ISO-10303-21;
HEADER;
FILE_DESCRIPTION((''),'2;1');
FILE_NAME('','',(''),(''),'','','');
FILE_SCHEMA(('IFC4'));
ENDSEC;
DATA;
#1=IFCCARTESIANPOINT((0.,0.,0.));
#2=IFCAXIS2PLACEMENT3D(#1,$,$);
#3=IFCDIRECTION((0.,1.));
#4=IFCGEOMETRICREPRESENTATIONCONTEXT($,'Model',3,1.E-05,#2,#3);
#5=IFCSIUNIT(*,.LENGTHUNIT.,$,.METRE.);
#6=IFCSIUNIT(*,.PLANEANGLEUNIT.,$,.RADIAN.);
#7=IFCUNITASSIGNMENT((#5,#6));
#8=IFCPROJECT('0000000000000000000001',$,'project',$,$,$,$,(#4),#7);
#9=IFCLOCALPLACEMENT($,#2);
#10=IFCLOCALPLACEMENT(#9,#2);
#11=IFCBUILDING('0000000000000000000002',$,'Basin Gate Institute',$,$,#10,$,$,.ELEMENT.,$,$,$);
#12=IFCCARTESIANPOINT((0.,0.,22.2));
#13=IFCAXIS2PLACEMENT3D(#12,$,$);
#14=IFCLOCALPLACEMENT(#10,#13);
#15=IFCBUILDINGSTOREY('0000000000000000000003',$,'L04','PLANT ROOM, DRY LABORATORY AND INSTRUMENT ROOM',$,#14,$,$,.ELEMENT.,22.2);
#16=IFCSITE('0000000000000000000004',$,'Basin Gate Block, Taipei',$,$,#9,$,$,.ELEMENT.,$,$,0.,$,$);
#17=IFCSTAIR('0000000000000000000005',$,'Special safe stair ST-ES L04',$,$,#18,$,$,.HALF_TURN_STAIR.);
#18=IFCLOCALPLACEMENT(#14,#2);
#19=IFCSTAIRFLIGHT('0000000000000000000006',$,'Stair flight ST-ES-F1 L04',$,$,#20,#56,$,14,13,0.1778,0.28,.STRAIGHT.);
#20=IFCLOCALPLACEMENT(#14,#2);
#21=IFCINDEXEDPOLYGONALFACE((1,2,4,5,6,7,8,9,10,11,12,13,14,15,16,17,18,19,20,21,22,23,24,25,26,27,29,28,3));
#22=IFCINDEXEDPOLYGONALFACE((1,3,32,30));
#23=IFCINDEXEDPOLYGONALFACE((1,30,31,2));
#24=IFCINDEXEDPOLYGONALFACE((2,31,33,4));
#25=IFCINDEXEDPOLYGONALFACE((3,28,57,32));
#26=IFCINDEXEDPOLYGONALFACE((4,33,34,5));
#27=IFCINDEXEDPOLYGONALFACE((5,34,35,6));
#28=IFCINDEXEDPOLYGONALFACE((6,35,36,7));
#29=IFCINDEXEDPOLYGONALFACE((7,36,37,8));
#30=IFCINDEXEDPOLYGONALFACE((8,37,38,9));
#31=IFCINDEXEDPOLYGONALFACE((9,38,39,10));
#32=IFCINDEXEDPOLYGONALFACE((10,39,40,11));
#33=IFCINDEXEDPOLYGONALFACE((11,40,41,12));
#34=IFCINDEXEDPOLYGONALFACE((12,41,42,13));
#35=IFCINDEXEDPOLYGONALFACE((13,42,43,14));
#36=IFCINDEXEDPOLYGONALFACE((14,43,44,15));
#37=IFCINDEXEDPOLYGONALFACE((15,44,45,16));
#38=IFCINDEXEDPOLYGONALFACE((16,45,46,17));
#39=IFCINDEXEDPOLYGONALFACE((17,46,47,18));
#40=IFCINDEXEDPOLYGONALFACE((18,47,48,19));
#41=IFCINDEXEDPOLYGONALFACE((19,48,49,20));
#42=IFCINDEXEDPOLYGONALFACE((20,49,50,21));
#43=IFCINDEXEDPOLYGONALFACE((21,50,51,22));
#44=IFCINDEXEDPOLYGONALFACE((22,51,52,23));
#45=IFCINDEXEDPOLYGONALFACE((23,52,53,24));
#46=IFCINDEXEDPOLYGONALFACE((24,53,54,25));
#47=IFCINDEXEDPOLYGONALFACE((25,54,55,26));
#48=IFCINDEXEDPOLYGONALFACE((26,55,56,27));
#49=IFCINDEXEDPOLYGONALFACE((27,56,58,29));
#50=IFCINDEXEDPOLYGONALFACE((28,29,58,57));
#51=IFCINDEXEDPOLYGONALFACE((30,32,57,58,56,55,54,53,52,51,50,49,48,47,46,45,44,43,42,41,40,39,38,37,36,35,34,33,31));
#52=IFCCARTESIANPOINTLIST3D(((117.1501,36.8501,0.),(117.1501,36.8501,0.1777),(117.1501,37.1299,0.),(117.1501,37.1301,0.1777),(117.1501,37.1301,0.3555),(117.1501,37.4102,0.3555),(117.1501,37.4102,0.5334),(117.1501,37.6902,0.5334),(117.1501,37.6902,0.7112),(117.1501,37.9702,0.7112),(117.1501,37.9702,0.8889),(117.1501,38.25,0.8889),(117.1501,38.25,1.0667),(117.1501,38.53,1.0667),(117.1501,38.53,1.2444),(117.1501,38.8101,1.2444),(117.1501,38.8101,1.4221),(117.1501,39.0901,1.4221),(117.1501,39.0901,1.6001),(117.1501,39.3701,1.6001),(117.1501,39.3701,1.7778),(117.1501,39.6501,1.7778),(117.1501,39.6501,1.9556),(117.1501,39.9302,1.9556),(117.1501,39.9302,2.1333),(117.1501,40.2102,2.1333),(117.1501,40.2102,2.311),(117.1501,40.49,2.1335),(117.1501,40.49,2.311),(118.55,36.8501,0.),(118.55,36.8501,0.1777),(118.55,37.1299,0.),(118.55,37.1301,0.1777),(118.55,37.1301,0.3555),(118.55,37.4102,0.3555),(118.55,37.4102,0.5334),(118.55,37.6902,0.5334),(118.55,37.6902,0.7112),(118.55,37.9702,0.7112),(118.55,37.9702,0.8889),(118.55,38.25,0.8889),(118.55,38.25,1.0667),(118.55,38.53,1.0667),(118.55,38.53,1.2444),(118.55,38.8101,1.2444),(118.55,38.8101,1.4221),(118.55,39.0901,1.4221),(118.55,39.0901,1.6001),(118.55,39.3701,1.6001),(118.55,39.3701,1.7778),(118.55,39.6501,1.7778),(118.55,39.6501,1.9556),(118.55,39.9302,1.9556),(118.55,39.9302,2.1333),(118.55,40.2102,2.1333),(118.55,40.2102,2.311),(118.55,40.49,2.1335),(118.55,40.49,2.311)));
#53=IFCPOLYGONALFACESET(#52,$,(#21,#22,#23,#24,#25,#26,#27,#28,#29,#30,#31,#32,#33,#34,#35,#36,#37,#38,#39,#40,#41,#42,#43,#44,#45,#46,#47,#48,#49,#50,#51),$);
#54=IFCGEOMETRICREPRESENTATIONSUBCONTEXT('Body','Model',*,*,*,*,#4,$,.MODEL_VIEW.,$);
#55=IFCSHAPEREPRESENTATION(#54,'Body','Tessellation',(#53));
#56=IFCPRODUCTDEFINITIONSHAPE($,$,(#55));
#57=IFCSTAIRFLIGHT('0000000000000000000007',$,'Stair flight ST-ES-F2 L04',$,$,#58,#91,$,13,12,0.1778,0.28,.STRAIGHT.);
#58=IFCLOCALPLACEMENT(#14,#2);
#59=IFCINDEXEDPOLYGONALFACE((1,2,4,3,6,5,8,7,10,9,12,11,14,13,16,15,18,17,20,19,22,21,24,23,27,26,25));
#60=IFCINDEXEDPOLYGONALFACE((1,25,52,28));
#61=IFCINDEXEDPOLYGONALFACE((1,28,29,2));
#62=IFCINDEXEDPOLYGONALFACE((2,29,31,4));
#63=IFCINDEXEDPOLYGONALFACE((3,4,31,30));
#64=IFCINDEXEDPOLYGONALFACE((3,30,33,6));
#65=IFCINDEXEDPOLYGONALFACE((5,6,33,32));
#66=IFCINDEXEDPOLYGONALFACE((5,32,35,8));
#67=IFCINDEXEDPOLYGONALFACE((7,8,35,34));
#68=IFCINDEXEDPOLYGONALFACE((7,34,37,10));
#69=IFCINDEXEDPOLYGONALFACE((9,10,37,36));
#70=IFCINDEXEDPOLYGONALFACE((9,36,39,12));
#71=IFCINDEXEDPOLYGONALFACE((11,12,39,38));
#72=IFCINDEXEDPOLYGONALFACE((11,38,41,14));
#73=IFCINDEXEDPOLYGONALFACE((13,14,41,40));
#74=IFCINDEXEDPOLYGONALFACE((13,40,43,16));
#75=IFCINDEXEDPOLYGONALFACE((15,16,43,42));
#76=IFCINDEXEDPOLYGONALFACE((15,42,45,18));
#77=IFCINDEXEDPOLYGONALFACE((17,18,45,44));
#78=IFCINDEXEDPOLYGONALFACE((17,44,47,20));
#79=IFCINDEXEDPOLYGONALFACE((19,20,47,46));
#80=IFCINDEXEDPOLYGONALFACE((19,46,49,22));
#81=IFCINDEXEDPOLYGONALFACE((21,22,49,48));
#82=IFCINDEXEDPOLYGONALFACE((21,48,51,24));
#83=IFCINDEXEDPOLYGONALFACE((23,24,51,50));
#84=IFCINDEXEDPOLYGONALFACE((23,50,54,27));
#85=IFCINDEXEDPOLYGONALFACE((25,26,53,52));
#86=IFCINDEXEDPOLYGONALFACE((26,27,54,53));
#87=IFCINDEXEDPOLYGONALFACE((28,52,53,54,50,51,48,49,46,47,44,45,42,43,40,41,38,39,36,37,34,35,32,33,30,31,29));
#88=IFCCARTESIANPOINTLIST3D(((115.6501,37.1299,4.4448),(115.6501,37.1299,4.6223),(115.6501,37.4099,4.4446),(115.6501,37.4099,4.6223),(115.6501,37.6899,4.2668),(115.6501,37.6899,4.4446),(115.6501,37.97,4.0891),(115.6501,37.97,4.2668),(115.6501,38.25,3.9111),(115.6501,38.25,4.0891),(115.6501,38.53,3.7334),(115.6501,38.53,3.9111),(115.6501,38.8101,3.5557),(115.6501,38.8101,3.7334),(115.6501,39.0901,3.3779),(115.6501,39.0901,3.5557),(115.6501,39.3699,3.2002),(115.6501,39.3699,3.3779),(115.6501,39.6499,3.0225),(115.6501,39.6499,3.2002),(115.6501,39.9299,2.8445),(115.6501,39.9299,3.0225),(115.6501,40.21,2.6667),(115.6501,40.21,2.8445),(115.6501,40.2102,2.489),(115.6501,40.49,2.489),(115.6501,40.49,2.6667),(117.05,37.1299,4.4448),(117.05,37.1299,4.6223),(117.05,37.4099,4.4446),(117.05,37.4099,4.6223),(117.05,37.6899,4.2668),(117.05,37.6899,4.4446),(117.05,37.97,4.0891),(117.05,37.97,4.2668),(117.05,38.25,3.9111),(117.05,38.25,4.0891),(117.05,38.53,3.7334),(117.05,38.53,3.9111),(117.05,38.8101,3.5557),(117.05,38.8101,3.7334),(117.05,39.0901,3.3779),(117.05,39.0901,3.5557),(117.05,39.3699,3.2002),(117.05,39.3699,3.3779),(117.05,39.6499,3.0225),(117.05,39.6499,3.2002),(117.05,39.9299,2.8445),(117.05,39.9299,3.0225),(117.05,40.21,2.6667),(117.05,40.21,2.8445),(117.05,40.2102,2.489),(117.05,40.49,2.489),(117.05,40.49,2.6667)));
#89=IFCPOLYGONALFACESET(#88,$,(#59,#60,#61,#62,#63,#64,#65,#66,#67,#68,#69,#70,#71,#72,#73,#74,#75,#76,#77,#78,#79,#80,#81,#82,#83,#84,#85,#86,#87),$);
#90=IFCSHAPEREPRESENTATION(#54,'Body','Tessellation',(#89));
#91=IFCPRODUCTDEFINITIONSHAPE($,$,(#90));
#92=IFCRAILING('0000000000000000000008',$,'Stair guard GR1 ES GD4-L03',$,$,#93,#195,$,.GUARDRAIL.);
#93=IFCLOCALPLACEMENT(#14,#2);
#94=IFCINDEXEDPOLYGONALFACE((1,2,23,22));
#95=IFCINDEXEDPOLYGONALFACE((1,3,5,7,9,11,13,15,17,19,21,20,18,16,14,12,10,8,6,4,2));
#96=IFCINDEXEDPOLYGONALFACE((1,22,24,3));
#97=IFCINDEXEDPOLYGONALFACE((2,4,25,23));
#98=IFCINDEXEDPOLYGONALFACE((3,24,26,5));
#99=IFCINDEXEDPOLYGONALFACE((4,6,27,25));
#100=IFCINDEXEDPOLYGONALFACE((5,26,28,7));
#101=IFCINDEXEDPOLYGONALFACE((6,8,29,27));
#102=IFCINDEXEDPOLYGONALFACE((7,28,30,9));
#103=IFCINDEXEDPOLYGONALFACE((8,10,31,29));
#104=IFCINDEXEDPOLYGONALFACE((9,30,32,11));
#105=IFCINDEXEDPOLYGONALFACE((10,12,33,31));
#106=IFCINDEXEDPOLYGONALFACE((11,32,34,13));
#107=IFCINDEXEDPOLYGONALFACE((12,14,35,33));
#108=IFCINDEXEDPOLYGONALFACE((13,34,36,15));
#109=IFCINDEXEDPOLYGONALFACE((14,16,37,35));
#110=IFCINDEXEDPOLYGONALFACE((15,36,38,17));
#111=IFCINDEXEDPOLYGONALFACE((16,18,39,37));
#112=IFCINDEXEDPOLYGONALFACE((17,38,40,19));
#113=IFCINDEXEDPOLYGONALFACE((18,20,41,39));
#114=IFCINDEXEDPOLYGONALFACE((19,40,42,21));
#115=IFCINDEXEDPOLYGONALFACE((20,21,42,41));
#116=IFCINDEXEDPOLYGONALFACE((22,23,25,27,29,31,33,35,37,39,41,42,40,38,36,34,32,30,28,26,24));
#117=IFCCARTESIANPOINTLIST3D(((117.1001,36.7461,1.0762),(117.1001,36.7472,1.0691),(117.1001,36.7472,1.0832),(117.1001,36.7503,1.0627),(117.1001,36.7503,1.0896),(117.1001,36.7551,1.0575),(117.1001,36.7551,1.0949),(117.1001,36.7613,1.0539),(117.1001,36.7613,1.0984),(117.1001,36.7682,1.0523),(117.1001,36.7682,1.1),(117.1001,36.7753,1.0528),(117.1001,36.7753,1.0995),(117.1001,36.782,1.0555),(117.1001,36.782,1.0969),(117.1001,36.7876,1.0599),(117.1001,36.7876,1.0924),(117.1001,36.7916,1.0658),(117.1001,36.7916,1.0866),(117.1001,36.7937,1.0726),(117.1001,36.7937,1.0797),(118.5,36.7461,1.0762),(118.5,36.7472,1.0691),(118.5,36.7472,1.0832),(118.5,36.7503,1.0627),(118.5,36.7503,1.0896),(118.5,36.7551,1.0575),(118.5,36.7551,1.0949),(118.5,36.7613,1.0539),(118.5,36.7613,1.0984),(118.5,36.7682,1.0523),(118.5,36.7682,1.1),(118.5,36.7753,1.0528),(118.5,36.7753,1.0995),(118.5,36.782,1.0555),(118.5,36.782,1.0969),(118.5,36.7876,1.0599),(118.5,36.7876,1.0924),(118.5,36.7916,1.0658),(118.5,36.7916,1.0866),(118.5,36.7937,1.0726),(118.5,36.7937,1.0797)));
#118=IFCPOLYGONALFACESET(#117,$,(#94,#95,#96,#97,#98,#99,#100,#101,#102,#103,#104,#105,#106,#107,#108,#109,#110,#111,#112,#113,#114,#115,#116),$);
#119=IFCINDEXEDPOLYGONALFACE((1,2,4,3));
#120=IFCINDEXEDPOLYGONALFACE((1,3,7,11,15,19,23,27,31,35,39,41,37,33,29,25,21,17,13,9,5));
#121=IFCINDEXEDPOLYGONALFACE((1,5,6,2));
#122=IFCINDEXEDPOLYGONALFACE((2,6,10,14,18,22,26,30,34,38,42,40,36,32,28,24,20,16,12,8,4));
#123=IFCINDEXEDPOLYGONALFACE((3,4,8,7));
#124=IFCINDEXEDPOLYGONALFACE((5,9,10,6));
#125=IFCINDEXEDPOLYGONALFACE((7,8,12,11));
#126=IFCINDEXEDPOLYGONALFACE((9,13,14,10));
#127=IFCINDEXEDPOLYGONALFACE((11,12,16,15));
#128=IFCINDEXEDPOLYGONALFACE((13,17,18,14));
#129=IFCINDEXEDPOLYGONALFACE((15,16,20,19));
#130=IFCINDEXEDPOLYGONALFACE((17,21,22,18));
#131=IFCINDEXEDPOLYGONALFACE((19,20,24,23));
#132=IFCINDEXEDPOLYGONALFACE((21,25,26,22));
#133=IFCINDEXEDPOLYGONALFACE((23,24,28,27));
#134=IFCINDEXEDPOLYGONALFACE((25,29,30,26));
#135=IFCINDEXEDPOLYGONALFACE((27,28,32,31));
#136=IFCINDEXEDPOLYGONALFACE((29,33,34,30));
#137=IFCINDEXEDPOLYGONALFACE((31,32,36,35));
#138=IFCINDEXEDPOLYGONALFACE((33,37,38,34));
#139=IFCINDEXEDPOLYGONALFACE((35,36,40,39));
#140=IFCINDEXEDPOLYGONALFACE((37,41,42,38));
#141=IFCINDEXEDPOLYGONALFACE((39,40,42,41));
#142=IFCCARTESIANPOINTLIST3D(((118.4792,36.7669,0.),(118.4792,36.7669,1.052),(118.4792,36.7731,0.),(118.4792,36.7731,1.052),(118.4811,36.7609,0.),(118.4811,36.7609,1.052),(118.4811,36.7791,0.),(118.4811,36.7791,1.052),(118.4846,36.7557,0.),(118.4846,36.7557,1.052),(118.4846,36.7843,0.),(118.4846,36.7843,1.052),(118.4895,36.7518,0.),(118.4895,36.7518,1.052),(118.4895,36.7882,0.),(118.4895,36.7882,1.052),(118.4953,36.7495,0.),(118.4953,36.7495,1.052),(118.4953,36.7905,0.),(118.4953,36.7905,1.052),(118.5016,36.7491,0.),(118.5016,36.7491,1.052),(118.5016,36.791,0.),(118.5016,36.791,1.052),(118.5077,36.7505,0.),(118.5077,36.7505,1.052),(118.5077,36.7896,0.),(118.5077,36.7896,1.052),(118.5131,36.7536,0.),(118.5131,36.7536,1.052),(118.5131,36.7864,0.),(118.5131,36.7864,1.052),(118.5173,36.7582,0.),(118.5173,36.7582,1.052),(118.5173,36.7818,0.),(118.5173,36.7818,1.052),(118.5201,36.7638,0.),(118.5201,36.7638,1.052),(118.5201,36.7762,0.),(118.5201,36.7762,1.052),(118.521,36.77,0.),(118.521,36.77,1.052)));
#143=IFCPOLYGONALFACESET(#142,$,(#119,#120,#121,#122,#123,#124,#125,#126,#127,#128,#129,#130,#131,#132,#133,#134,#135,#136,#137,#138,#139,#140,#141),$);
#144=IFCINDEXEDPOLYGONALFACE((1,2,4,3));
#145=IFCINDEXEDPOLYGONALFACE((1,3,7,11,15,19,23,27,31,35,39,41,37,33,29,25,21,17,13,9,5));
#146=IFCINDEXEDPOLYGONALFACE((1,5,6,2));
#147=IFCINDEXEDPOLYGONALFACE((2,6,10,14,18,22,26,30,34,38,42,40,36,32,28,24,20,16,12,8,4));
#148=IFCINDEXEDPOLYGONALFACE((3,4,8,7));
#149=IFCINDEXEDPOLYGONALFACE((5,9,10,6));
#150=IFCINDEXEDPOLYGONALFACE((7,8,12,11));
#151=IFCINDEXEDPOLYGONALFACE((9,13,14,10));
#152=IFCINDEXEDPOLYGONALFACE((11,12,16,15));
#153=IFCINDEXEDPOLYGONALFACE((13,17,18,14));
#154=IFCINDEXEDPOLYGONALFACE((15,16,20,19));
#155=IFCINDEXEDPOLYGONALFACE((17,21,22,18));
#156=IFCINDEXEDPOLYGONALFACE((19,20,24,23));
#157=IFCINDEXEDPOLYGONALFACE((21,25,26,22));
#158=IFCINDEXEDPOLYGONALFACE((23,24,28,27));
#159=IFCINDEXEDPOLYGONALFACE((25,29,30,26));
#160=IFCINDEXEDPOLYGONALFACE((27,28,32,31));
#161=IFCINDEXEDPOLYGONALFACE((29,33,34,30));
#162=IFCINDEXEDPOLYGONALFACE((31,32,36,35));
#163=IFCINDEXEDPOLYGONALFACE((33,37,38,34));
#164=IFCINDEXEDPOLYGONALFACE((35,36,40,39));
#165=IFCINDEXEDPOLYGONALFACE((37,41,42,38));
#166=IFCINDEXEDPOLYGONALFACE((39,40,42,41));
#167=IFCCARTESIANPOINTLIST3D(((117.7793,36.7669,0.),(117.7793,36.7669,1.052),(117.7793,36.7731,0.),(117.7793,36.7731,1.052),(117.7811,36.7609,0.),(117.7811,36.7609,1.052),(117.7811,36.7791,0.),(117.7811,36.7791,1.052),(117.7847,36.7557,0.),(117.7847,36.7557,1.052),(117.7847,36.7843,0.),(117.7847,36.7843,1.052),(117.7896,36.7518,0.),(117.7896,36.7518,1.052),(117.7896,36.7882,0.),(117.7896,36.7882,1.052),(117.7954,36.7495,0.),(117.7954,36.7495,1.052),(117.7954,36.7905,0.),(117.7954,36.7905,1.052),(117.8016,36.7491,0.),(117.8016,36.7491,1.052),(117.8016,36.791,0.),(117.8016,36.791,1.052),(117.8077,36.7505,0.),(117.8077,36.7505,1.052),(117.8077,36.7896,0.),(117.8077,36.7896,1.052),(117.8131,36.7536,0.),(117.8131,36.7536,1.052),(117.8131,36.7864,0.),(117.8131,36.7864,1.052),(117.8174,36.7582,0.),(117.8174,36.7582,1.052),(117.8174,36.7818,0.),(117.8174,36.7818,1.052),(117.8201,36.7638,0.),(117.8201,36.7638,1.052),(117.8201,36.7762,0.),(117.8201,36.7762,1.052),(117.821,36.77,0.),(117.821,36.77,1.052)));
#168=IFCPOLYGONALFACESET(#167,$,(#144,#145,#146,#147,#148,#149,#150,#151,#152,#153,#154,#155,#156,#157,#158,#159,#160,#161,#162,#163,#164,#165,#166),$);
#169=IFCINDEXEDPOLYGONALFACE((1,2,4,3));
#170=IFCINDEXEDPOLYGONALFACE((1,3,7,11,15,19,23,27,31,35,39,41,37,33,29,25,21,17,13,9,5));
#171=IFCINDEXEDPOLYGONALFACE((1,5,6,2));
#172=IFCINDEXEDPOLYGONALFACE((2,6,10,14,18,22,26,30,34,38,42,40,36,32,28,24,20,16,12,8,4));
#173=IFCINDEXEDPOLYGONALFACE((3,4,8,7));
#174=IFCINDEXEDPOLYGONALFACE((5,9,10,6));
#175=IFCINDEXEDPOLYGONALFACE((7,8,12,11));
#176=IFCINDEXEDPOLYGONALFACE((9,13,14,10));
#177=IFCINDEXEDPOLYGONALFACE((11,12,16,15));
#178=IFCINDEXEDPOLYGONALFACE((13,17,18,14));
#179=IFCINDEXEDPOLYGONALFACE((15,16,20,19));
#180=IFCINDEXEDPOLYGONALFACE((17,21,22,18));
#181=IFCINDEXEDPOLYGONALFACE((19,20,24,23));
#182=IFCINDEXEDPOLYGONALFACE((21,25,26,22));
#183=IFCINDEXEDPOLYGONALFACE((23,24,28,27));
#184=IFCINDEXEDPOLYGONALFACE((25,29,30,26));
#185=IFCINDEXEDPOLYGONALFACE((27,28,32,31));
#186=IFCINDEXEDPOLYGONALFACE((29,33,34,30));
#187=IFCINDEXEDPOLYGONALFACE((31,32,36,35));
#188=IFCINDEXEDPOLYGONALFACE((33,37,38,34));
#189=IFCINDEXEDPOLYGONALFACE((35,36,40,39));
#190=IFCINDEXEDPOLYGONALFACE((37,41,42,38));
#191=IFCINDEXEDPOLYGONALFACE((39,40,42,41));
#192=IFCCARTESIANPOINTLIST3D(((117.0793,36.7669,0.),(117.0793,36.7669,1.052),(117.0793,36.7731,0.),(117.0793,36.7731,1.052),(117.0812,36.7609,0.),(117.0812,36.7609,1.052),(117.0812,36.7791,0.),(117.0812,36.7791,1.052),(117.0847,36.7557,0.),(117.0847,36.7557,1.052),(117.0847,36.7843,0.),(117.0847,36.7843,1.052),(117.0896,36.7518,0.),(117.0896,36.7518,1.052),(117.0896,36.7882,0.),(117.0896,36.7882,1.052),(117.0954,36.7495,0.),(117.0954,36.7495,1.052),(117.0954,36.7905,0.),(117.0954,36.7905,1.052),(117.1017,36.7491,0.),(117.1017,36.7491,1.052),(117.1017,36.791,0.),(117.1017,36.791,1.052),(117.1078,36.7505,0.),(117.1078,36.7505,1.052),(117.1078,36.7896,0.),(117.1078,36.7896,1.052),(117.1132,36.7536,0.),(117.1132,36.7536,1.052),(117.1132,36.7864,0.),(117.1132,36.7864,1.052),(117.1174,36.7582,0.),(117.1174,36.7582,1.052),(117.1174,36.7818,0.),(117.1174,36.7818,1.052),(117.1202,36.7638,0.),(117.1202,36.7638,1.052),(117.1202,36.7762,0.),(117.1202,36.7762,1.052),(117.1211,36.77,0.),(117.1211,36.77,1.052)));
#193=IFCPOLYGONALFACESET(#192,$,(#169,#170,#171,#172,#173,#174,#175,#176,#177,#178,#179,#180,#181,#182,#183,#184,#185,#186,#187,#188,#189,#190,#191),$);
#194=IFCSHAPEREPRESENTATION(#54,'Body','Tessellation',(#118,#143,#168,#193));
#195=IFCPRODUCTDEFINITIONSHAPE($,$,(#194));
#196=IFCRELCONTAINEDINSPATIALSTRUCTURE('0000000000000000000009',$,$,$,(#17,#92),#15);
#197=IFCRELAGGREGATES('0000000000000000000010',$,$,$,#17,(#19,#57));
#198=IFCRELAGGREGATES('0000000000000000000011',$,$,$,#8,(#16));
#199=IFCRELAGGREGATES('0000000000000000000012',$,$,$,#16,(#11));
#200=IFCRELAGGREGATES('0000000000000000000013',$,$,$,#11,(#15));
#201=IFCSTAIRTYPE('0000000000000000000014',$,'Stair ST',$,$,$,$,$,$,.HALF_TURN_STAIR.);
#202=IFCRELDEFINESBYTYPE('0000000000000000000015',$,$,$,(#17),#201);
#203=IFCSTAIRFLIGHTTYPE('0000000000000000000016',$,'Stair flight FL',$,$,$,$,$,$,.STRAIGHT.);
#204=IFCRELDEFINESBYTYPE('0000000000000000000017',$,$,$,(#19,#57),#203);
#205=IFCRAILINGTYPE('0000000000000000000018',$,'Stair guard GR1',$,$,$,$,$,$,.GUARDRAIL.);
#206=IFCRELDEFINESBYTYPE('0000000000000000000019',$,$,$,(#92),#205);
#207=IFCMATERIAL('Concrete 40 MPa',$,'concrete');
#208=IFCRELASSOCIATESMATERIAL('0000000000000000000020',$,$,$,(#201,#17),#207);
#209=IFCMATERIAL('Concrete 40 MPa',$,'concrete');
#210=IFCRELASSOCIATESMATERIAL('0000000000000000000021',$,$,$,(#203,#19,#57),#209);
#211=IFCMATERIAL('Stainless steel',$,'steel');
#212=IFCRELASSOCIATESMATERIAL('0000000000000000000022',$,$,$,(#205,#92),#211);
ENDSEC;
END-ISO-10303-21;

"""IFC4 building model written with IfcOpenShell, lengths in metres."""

from ifc_helpers import new_model, si_unit, direction, frame, origin, origin_2d, place, context, subcontext, project, spatial, polyline, circle, outline, extrude, material, type_object, element, aggregate, save


model = new_model("IFC4")

# Units and contexts
model_context = context("Model", 3, precision=1e-05, world=origin(), true_north=direction((0.0, 1.0)))
body_context = subcontext(model_context, "Body", "Model", "MODEL_VIEW")
ifc_project = project(units=[si_unit("LENGTHUNIT", "METRE"), si_unit("PLANEANGLEUNIT", "RADIAN")], contexts=[model_context])

# Site, building, storey
site_placement = place(None, origin())
site = spatial("IfcSite", under=ifc_project, at=site_placement, Name="Basin Gate Block, Taipei", CompositionType="ELEMENT", RefElevation=0.0)
building_placement = place(site_placement, origin())
building = spatial("IfcBuilding", under=site, at=building_placement, Name="Basin Gate Institute", CompositionType="ELEMENT")
storey_placement = place(building_placement, frame((0.0, 0.0, 22.2)))
storey = spatial("IfcBuildingStorey", under=building, at=storey_placement, Name="L04", Description="PLANT ROOM, DRY LABORATORY AND INSTRUMENT ROOM", CompositionType="ELEMENT", Elevation=22.2)

# Stair, stair flights
ifc_material_1 = material(Name="Concrete 40 MPa", Category="concrete")
stair_type = type_object("IfcStairType", Name="Stair ST", PredefinedType="HALF_TURN_STAIR", material=ifc_material_1)
stair_placement = place(storey_placement, origin())
stair = element("IfcStair", 1, at=stair_placement, inside=storey, type_object=stair_type, material=ifc_material_1, Name="Special safe stair ST-ES L04", PredefinedType="HALF_TURN_STAIR")
ifc_material_2 = material(Name="Concrete 40 MPa", Category="concrete")
stair_flight_type = type_object("IfcStairFlightType", Name="Stair flight FL", PredefinedType="STRAIGHT", material=ifc_material_2)
stair_flight_1_placement = place(storey_placement, frame((117.8501, 36.8501, 0.0), z_axis=(0.0, 0.0, 1.0), x_axis=(0.0, 1.0, 0.0)))
stair_flight_1 = element("IfcStairFlight", 2, at=stair_flight_1_placement, type_object=stair_flight_type, material=ifc_material_2, Name="Stair flight ST-ES-F1 L04", NumberOfRisers=14, NumberOfTreads=13, PredefinedType="STRAIGHT", RiserHeight=0.1778, TreadLength=0.28, context=body_context, shape_type="SweptSolid", body=[
    extrude(outline(polyline([(0.0, 0.0), (0.0, 0.1777), (0.28, 0.1777), (0.28, 0.3555), (0.5601, 0.3555), (0.5601, 0.5334), (0.8401, 0.5334), (0.8401, 0.7112), (1.1201, 0.7112), (1.1201, 0.8889), (1.3999, 0.8889), (1.3999, 1.0667), (1.6799, 1.0667), (1.6799, 1.2444), (1.96, 1.2444), (1.96, 1.4221), (2.24, 1.4221), (2.24, 1.6001), (2.52, 1.6001), (2.52, 1.7778), (2.8, 1.7778), (2.8, 1.9556), (3.0801, 1.9556), (3.0801, 2.1333), (3.3601, 2.1333), (3.3601, 2.311), (3.6399, 2.311), (3.6399, 2.4888), (3.6399, 2.1335), (0.2798, 0.0), (0.0, 0.0)])), frame((0.0, 0.7, 0.0), z_axis=(0.0, -1.0, 0.0), x_axis=(1.0, 0.0, 0.0)), (0.0, 0.0, 1.0), 1.3999),
])
stair_flight_2_placement = place(storey_placement, frame((116.3501, 40.49, 2.489), z_axis=(0.0, 0.0, 1.0), x_axis=(0.0, -1.0, 0.0)))
stair_flight_2 = element("IfcStairFlight", 3, at=stair_flight_2_placement, type_object=stair_flight_type, material=ifc_material_2, Name="Stair flight ST-ES-F2 L04", NumberOfRisers=13, NumberOfTreads=12, PredefinedType="STRAIGHT", RiserHeight=0.1778, TreadLength=0.28, context=body_context, shape_type="SweptSolid", body=[
    extrude(outline(polyline([(0.0, 0.0), (0.0, 0.1777), (0.28, 0.1777), (0.28, 0.3555), (0.5601, 0.3555), (0.5601, 0.5334), (0.8401, 0.5334), (0.8401, 0.7112), (1.1201, 0.7112), (1.1201, 0.8889), (1.3999, 0.8889), (1.3999, 1.0667), (1.6799, 1.0667), (1.6799, 1.2444), (1.96, 1.2444), (1.96, 1.4221), (2.24, 1.4221), (2.24, 1.6001), (2.52, 1.6001), (2.52, 1.7778), (2.8, 1.7778), (2.8, 1.9556), (3.0801, 1.9556), (3.0801, 2.1333), (3.3601, 2.1333), (3.3601, 2.311), (3.3601, 1.9558), (0.2798, 0.0), (0.0, 0.0)])), frame((0.0, 0.7, 0.0), z_axis=(0.0, -1.0, 0.0), x_axis=(1.0, 0.0, 0.0)), (0.0, 0.0, 1.0), 1.3999),
])
aggregate(stair, [stair_flight_1, stair_flight_2])

# Railing
ifc_material_3 = material(Name="Stainless steel", Category="steel")
railing_type_1 = type_object("IfcRailingType", Name="Stair guard GR1", PredefinedType="GUARDRAIL", material=ifc_material_3)
railing_1_placement = place(storey_placement, frame((118.5, 36.77, 0.0)))
element("IfcRailing", 4, at=railing_1_placement, inside=storey, type_object=railing_type_1, material=ifc_material_3, Name="Stair guard GR1 ES GD4-L03", PredefinedType="GUARDRAIL", context=body_context, shape_type="SweptSolid", body=[
    extrude(circle(Radius=0.0239, at=origin_2d()), frame((0.0, 0.0, 1.0762), z_axis=(-1.0, 0.0, 0.0), x_axis=(0.0, -1.0, 0.0)), (0.0, 0.0, 1.0), 1.3999),
    extrude(circle(Radius=0.021, at=origin_2d()), origin(), (0.0, 0.0, 1.0), 1.052),
    extrude(circle(Radius=0.021, at=origin_2d()), frame((-0.7, 0.0, 0.0)), (0.0, 0.0, 1.0), 1.052),
    extrude(circle(Radius=0.021, at=origin_2d()), frame((-1.3999, 0.0, 0.0)), (0.0, 0.0, 1.0), 1.052),
])

save(model, "model.ifc")
